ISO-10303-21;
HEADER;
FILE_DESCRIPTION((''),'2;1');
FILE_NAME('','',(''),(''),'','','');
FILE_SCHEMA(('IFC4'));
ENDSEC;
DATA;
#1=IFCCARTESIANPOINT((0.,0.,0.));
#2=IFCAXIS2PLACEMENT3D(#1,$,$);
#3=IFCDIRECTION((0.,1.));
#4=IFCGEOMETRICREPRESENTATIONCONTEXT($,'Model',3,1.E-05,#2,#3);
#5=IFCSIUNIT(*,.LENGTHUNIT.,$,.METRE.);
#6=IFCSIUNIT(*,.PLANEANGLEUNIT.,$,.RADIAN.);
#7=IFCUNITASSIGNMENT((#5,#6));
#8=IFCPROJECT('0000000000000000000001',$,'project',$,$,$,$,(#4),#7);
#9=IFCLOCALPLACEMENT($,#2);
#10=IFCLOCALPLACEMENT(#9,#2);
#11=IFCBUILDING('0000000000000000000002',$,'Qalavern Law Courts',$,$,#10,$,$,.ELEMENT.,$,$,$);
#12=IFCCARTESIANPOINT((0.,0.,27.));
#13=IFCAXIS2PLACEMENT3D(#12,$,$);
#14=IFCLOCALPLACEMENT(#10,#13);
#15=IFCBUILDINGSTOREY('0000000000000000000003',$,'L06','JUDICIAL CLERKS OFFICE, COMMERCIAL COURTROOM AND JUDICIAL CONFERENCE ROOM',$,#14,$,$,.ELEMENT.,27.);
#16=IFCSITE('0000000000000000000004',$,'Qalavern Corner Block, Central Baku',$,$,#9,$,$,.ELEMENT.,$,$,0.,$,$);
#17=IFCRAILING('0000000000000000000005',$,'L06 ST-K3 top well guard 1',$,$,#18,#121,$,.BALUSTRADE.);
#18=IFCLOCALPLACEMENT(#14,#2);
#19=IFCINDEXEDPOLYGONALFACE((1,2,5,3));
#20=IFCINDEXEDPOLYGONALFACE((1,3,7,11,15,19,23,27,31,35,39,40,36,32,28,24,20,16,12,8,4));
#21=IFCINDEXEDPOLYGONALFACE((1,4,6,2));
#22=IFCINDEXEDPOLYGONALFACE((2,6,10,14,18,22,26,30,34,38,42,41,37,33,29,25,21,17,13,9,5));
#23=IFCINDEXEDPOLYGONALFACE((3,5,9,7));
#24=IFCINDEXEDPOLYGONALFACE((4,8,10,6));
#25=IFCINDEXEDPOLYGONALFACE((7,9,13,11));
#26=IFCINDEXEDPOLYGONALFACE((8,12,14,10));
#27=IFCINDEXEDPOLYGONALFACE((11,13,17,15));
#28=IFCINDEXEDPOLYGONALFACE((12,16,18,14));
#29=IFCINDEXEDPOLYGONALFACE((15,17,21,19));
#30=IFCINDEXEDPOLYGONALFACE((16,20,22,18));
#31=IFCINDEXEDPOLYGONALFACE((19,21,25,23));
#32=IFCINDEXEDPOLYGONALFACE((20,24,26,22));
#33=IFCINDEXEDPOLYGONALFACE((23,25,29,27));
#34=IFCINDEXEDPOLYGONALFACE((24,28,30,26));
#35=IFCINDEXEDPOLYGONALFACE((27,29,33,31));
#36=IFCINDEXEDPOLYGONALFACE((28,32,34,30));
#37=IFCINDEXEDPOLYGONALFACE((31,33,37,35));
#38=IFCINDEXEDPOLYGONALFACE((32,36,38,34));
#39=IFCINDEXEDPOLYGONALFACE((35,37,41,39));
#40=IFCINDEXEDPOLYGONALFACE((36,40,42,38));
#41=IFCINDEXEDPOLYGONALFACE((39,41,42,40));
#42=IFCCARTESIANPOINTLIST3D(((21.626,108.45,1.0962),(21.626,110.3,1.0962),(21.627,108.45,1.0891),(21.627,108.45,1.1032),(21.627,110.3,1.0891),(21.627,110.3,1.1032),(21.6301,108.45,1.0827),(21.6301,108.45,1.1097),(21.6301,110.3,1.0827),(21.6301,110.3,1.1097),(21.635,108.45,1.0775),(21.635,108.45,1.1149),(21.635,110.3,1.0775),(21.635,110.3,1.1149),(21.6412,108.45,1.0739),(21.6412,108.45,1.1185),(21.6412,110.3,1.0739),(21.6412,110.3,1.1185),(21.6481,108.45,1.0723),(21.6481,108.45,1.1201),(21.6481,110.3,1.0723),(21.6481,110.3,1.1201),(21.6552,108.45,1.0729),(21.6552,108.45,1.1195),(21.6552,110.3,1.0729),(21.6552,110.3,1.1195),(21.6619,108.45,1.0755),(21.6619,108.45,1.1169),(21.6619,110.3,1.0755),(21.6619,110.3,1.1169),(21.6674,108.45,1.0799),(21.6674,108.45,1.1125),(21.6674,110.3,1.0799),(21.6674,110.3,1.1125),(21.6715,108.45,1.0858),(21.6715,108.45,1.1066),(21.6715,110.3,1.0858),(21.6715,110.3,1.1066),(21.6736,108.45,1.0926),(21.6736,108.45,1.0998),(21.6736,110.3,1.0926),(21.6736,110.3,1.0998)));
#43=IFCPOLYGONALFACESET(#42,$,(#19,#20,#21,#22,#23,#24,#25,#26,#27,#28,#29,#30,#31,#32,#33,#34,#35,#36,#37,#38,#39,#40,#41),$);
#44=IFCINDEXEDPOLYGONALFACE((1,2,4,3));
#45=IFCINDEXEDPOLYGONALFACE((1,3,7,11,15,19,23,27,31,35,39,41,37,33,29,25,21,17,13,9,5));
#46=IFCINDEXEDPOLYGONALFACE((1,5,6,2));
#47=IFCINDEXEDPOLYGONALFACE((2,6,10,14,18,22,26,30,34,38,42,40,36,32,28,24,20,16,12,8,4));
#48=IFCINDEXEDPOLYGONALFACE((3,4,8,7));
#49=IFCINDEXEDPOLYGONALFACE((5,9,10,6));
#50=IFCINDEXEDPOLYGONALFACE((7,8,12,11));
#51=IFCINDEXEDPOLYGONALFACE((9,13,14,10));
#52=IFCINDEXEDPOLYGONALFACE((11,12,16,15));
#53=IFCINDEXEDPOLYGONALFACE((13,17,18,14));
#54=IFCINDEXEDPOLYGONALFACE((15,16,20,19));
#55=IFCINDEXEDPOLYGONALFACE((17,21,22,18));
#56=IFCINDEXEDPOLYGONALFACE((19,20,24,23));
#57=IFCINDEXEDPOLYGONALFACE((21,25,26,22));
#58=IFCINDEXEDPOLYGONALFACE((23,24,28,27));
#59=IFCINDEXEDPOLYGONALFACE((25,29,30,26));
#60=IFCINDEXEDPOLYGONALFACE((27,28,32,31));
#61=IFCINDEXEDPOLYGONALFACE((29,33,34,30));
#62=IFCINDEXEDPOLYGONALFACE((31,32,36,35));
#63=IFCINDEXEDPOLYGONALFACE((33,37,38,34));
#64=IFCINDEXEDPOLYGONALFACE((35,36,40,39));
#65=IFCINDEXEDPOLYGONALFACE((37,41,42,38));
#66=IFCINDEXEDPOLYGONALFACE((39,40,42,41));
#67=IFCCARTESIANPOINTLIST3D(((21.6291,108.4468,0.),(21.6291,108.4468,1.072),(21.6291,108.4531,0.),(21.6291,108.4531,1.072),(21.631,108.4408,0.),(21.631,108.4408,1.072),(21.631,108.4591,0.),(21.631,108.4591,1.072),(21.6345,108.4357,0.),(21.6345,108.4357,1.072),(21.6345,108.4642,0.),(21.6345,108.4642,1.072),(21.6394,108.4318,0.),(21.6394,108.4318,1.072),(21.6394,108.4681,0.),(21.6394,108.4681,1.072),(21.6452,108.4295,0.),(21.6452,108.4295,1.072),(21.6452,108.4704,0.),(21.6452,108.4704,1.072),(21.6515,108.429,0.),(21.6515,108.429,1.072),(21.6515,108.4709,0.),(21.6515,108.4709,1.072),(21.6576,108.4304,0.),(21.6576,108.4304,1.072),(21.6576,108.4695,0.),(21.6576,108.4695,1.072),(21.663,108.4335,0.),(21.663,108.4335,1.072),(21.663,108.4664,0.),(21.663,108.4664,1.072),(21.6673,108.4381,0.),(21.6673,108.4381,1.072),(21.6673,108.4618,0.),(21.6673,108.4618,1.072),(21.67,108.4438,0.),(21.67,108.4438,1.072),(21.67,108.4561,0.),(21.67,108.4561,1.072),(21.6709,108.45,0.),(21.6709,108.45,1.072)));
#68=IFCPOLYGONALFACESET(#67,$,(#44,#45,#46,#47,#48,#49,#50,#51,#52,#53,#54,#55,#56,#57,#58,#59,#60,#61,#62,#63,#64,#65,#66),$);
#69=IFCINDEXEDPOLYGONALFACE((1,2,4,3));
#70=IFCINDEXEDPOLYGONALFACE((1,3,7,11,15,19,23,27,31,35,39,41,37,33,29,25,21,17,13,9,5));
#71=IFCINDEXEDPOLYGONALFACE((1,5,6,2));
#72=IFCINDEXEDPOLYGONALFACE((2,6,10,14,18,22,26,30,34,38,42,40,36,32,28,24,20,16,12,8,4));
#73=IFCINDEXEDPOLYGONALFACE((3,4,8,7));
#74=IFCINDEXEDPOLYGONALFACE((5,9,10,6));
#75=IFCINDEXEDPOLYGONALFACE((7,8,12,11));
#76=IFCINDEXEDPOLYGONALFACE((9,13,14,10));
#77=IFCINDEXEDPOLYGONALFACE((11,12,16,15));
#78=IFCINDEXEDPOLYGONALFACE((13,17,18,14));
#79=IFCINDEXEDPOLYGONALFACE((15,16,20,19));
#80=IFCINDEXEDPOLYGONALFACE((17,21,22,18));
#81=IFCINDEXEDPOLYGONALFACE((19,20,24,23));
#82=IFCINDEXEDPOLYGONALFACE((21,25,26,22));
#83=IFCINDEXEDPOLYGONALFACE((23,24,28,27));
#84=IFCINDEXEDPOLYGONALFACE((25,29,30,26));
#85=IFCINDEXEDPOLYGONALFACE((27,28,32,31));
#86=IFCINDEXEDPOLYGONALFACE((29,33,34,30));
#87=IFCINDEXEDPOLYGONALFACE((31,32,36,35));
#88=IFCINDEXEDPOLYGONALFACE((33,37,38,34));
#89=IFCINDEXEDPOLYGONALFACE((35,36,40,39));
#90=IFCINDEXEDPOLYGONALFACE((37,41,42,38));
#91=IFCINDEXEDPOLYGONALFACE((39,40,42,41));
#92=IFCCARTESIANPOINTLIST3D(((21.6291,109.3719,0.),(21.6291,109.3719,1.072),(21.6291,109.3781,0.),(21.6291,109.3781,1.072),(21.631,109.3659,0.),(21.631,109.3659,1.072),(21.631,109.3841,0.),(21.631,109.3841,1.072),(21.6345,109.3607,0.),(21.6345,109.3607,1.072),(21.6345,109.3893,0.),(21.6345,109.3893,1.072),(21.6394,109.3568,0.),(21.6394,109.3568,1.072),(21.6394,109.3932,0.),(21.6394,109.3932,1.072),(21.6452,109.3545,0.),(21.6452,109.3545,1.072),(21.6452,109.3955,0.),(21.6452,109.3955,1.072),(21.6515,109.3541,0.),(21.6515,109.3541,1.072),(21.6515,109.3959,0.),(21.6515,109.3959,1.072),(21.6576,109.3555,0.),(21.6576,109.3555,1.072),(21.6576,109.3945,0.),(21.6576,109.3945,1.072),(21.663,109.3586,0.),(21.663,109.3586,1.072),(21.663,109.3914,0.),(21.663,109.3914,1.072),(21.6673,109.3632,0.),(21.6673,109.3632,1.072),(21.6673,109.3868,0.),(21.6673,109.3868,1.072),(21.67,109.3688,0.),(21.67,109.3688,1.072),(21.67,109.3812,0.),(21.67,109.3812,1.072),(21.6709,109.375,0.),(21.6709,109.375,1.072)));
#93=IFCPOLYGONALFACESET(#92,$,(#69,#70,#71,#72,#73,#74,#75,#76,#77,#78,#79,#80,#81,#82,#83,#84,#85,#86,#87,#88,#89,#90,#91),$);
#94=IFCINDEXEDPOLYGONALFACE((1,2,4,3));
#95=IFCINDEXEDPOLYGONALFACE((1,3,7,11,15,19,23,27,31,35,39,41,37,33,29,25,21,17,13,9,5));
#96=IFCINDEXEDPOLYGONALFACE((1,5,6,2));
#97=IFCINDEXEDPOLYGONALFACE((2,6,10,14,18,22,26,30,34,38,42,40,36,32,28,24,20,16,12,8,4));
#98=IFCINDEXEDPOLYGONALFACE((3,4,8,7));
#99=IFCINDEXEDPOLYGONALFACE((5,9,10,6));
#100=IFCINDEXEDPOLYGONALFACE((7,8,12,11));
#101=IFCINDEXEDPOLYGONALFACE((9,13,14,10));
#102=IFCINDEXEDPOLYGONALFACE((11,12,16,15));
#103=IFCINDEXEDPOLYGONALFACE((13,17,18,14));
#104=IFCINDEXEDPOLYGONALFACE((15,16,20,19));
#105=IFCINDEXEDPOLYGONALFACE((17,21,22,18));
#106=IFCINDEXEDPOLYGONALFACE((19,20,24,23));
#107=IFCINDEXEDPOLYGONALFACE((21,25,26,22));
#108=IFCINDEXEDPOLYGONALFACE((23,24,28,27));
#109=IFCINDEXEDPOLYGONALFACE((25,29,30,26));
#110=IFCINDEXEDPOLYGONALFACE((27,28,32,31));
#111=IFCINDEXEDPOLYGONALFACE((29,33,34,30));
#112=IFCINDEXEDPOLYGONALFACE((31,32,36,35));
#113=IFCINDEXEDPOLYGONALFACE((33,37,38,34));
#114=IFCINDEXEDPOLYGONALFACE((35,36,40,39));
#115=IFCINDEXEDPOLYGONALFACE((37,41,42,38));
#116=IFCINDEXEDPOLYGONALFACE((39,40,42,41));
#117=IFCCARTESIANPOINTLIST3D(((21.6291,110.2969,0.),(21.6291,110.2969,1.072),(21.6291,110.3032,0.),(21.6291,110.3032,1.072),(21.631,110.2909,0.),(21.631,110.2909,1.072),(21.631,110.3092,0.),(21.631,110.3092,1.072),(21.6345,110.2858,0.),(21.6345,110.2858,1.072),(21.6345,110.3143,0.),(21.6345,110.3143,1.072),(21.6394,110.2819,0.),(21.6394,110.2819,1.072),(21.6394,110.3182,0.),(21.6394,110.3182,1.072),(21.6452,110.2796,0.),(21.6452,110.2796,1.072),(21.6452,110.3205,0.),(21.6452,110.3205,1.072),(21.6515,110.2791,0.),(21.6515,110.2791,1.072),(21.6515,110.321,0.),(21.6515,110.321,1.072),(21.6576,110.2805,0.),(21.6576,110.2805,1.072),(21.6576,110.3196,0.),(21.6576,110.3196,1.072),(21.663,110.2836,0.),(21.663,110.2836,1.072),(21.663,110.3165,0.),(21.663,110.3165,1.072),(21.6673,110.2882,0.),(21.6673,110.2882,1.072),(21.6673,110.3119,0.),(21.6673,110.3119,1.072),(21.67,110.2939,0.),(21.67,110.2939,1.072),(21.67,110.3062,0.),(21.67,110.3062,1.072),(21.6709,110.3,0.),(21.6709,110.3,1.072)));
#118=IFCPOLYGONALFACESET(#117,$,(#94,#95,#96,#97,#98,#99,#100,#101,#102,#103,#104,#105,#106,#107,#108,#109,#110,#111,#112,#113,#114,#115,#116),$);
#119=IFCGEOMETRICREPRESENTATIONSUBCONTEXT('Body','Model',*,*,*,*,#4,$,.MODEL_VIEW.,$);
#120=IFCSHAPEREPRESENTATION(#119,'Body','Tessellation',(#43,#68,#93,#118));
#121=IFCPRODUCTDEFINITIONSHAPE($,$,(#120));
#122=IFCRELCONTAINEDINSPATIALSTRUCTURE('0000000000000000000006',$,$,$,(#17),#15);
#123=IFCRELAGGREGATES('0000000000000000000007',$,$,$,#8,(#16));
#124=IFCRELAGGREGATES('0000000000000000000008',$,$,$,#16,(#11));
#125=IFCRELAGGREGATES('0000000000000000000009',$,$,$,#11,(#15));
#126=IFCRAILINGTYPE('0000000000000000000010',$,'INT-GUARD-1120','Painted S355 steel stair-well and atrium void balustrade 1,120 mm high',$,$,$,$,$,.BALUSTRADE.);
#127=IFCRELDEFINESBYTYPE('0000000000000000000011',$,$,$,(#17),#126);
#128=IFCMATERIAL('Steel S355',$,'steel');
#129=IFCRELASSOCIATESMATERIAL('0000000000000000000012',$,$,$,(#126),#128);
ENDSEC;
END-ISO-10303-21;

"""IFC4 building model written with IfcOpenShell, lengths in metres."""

from ifc_helpers import new_model, si_unit, direction, frame, origin, origin_2d, place, context, subcontext, project, spatial, circle, extrude, material, type_object, element, save


model = new_model("IFC4")

# Units and contexts
model_context = context("Model", 3, precision=1e-05, world=origin(), true_north=direction((0.0, 1.0)))
body_context = subcontext(model_context, "Body", "Model", "MODEL_VIEW")
ifc_project = project(units=[si_unit("LENGTHUNIT", "METRE"), si_unit("PLANEANGLEUNIT", "RADIAN")], contexts=[model_context])

# Site, building, storey
site_placement = place(None, origin())
site = spatial("IfcSite", under=ifc_project, at=site_placement, Name="Qalavern Corner Block, Central Baku", CompositionType="ELEMENT", RefElevation=0.0)
building_placement = place(site_placement, origin())
building = spatial("IfcBuilding", under=site, at=building_placement, Name="Qalavern Law Courts", CompositionType="ELEMENT")
storey_placement = place(building_placement, frame((0.0, 0.0, 27.0)))
storey = spatial("IfcBuildingStorey", under=building, at=storey_placement, Name="L06", Description="JUDICIAL CLERKS OFFICE, COMMERCIAL COURTROOM AND JUDICIAL CONFERENCE ROOM", CompositionType="ELEMENT", Elevation=27.0)

# Railing
ifc_material_1 = material(Name="Steel S355", Category="steel")
railing_type = type_object("IfcRailingType", Name="INT-GUARD-1120", Description="Painted S355 steel stair-well and atrium void balustrade 1,120 mm high", PredefinedType="BALUSTRADE", material=ifc_material_1)
railing_placement = place(storey_placement, frame((21.6499, 108.45, 0.0)))
element("IfcRailing", 1, at=railing_placement, inside=storey, type_object=railing_type, Name="L06 ST-K3 top well guard 1", PredefinedType="BALUSTRADE", context=body_context, shape_type="SweptSolid", body=[
    extrude(circle(Radius=0.0239, at=origin_2d()), frame((0.0, 0.0, 1.0962), z_axis=(0.0, 1.0, 0.0), x_axis=(-1.0, 0.0, 0.0)), (0.0, 0.0, 1.0), 1.8501),
    extrude(circle(Radius=0.021, at=origin_2d()), origin(), (0.0, 0.0, 1.0), 1.072),
    extrude(circle(Radius=0.021, at=origin_2d()), frame((0.0, 0.925, 0.0)), (0.0, 0.0, 1.0), 1.072),
    extrude(circle(Radius=0.021, at=origin_2d()), frame((0.0, 1.8501, 0.0)), (0.0, 0.0, 1.0), 1.072),
])

save(model, "model.ifc")
